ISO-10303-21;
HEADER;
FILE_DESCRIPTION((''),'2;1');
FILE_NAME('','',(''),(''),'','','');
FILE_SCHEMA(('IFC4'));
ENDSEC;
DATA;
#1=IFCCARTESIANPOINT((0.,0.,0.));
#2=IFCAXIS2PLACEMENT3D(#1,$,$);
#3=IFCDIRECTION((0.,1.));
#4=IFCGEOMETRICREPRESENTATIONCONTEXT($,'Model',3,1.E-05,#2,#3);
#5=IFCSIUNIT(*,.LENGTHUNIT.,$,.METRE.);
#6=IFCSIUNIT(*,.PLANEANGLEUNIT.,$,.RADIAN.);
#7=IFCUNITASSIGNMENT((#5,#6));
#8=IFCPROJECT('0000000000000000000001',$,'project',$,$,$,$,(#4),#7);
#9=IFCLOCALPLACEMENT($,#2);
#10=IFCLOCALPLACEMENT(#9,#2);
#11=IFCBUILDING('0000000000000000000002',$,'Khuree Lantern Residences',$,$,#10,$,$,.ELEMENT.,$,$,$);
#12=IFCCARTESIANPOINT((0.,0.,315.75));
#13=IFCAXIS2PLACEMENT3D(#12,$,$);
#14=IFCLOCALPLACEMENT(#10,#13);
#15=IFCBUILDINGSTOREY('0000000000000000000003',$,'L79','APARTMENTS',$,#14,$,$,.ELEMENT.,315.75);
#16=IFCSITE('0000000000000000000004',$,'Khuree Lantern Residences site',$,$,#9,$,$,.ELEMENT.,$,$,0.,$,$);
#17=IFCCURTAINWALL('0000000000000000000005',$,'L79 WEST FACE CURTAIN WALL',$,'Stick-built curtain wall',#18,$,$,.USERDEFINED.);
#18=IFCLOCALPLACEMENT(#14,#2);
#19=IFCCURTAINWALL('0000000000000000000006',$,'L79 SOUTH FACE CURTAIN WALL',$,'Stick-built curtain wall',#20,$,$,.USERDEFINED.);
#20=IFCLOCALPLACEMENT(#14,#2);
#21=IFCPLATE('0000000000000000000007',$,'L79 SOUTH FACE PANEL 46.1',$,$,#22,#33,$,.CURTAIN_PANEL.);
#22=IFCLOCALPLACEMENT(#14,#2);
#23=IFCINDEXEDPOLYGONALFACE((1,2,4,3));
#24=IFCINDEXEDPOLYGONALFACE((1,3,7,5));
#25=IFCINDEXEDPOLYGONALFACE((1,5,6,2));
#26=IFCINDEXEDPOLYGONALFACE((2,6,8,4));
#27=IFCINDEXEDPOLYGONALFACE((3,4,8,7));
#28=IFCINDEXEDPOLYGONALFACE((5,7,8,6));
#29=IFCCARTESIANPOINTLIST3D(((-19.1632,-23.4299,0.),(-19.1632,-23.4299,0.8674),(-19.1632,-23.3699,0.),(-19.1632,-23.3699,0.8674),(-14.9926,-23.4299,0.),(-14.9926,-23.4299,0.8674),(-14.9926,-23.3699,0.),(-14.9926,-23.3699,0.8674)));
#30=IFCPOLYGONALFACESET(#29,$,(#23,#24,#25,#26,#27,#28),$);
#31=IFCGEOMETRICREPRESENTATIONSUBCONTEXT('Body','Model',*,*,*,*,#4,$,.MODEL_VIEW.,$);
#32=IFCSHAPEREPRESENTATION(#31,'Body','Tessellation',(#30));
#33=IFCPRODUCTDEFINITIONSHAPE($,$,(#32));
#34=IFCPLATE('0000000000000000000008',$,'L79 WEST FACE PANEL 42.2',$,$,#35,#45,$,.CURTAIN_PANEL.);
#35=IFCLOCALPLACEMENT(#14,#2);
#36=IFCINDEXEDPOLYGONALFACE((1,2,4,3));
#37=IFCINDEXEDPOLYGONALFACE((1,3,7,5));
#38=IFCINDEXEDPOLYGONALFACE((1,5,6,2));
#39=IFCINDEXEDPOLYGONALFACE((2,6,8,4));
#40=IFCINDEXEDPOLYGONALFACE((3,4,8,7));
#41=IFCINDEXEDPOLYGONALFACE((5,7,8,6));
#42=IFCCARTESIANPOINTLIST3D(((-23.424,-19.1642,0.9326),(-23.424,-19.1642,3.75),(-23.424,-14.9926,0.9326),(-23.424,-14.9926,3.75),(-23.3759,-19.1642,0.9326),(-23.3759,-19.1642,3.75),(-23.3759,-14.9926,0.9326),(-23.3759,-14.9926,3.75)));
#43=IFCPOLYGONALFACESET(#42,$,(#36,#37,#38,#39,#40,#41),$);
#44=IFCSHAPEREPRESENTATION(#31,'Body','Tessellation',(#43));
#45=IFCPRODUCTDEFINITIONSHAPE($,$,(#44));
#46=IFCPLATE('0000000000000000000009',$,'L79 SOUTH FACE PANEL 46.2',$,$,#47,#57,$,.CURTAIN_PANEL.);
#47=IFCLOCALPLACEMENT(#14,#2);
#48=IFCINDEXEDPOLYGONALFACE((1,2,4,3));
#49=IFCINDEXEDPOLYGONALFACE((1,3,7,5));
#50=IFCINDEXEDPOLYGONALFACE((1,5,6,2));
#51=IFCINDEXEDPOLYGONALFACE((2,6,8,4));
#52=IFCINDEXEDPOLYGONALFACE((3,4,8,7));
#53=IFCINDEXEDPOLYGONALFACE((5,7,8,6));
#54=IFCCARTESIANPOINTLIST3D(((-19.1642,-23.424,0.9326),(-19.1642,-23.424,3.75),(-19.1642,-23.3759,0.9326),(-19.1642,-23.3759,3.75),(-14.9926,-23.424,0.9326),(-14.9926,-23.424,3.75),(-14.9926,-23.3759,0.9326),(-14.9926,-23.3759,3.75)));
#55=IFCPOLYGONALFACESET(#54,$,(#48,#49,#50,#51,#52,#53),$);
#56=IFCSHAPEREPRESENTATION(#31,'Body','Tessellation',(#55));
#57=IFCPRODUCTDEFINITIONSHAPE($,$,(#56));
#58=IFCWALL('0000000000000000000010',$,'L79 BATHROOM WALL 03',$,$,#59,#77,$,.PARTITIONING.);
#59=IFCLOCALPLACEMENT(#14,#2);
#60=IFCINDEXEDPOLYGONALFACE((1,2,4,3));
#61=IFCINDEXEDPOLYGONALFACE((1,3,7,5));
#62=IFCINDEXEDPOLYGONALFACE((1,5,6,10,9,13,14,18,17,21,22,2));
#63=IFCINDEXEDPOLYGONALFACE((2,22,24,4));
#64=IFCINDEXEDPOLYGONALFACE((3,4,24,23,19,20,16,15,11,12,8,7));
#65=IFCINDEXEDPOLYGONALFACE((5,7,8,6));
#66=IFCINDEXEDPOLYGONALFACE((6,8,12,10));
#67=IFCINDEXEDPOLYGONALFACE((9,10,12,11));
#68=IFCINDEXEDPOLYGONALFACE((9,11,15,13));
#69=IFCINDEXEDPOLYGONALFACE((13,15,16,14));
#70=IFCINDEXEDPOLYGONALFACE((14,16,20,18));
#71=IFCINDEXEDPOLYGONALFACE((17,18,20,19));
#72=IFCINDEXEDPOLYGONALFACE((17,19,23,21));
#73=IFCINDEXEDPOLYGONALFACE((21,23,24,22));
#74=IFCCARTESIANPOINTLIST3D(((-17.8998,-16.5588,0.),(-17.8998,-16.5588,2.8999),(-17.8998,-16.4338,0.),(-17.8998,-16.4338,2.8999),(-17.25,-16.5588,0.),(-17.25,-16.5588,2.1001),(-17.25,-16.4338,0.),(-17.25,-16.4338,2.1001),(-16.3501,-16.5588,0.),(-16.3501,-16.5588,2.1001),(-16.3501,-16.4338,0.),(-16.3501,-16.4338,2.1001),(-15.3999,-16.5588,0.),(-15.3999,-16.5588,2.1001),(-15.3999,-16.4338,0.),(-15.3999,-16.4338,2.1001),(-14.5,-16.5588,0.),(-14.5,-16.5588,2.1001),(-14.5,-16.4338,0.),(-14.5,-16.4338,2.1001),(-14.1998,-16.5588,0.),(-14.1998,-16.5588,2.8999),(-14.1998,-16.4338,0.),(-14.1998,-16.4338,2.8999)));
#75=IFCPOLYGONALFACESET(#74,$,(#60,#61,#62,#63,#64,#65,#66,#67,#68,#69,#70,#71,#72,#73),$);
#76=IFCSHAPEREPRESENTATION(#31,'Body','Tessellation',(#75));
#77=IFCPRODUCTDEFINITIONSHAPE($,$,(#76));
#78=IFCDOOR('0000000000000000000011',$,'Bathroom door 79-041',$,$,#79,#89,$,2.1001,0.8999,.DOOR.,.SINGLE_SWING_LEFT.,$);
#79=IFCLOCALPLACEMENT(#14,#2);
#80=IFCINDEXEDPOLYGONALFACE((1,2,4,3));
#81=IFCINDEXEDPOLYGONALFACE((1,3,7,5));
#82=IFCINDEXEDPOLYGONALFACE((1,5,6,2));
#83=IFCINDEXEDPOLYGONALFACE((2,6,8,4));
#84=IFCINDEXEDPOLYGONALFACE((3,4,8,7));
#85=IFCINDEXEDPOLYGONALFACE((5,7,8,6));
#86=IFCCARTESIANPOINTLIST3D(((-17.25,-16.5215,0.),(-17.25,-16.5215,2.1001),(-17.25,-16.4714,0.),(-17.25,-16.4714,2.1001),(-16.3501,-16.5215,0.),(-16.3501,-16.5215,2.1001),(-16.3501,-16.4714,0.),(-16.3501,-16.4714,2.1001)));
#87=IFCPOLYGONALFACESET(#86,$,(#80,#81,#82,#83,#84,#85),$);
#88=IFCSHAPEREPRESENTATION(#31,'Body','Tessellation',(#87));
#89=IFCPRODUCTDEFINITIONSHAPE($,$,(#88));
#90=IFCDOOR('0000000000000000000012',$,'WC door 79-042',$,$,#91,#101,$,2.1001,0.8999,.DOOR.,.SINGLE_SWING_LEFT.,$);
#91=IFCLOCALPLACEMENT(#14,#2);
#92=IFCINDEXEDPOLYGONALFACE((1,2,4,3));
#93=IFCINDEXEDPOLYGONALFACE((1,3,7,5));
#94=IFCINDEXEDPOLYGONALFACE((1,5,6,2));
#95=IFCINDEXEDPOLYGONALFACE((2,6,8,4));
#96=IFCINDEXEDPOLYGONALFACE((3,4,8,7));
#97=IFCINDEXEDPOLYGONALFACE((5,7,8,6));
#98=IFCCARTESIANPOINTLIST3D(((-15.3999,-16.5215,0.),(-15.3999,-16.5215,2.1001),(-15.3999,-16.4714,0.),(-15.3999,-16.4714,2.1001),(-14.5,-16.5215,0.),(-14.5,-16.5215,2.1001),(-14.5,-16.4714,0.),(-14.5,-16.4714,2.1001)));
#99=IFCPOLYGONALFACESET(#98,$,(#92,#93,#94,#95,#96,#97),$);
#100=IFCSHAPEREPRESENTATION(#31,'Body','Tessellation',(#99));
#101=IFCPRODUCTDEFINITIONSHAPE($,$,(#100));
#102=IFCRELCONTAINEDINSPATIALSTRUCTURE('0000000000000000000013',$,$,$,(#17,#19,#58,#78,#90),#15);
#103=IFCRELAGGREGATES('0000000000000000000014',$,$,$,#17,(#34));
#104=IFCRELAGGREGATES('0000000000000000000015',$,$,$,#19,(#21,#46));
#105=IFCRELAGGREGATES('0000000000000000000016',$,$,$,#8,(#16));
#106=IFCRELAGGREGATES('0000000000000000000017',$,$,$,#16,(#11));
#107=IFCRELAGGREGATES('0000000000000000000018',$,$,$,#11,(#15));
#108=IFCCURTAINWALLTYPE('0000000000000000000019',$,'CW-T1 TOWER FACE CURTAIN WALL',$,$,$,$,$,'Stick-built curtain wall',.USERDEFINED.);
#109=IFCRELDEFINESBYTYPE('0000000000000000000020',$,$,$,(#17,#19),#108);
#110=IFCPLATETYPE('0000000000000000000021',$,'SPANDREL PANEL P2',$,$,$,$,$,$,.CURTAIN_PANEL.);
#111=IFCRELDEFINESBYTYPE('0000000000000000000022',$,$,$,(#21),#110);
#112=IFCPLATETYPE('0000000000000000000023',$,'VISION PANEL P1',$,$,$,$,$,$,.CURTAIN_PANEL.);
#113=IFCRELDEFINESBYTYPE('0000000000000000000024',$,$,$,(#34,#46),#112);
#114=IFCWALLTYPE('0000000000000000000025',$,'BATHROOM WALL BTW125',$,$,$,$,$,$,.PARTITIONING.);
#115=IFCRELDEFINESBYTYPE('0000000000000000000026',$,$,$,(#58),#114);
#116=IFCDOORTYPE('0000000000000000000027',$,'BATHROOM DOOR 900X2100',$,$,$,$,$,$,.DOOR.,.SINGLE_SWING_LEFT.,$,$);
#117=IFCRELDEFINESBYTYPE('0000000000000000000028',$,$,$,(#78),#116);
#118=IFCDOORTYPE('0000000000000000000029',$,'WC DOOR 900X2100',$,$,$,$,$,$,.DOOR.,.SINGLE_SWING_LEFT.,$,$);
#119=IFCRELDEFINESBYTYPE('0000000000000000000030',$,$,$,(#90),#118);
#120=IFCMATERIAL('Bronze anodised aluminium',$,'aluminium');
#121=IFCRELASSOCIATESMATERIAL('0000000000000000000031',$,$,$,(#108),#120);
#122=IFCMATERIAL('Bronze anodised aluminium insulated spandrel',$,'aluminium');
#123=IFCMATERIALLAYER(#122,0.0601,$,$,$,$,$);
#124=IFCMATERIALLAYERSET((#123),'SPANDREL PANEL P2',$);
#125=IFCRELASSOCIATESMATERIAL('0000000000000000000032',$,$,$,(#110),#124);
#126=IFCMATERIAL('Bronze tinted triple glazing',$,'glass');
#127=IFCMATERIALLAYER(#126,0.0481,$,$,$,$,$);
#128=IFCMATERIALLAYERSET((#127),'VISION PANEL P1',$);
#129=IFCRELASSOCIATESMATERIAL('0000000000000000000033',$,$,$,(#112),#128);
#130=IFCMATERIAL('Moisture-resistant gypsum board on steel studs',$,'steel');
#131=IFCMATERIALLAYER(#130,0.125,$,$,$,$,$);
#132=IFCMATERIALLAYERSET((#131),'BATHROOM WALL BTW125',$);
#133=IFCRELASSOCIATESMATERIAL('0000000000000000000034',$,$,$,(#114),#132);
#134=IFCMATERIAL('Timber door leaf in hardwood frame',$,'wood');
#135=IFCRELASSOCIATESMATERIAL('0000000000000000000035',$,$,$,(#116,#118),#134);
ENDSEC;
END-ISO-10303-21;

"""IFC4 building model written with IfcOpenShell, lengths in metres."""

from ifc_helpers import new_model, si_unit, direction, frame, frame_2d, origin, origin_2d, place, context, subcontext, project, spatial, rectangle, extrude, material, layer, layer_set, type_object, element, fill, aggregate, save


model = new_model("IFC4")

# Units and contexts
model_context = context("Model", 3, precision=1e-05, world=origin(), true_north=direction((0.0, 1.0)))
body_context = subcontext(model_context, "Body", "Model", "MODEL_VIEW")
ifc_project = project(units=[si_unit("LENGTHUNIT", "METRE"), si_unit("PLANEANGLEUNIT", "RADIAN")], contexts=[model_context])

# Site, building, storey
site_placement = place(None, origin())
site = spatial("IfcSite", under=ifc_project, at=site_placement, Name="Khuree Lantern Residences site", CompositionType="ELEMENT", RefElevation=0.0)
building_placement = place(site_placement, origin())
building = spatial("IfcBuilding", under=site, at=building_placement, Name="Khuree Lantern Residences", CompositionType="ELEMENT")
storey_placement = place(building_placement, frame((0.0, 0.0, 315.75)))
storey = spatial("IfcBuildingStorey", under=building, at=storey_placement, Name="L79", Description="APARTMENTS", CompositionType="ELEMENT", Elevation=315.75)

# Curtain wall
ifc_material_1 = material(Name="Bronze anodised aluminium", Category="aluminium")
curtain_wall_type_1 = type_object("IfcCurtainWallType", Name="CW-T1 TOWER FACE CURTAIN WALL", ElementType="Stick-built curtain wall", PredefinedType="USERDEFINED", material=ifc_material_1)
curtain_wall_1_placement = place(storey_placement, origin())
curtain_wall_1 = element("IfcCurtainWall", 1, at=curtain_wall_1_placement, inside=storey, type_object=curtain_wall_type_1, Name="L79 WEST FACE CURTAIN WALL", ObjectType="Stick-built curtain wall", PredefinedType="USERDEFINED")

# Curtain wall
curtain_wall_2_placement = place(storey_placement, origin())
curtain_wall_2 = element("IfcCurtainWall", 2, at=curtain_wall_2_placement, inside=storey, type_object=curtain_wall_type_1, Name="L79 SOUTH FACE CURTAIN WALL", ObjectType="Stick-built curtain wall", PredefinedType="USERDEFINED")

# Plates
ifc_material_2 = material(Name="Bronze tinted triple glazing", Category="glass")
ifc_material_3 = material(Name="Bronze anodised aluminium insulated spandrel", Category="aluminium")
ifc_layer_1 = layer(ifc_material_3, 0.0601)
ifc_layer_set_1 = layer_set([ifc_layer_1], Name="SPANDREL PANEL P2")
plate_type_1 = type_object("IfcPlateType", Name="SPANDREL PANEL P2", PredefinedType="CURTAIN_PANEL", material=ifc_layer_set_1)
plate_1_placement = place(storey_placement, frame((-17.0779, -23.3999, 0.0), z_axis=(0.0, 0.0, 1.0), x_axis=(1.0, 0.0, 0.0)))
plate_1 = element("IfcPlate", 3, at=plate_1_placement, type_object=plate_type_1, Name="L79 SOUTH FACE PANEL 46.1", PredefinedType="CURTAIN_PANEL", context=body_context, shape_type="SweptSolid", body=[
    extrude(rectangle(XDim=4.1707, YDim=0.0601, at=origin_2d()), origin(), (0.0, 0.0, 1.0), 0.8674),
])
ifc_layer_2 = layer(ifc_material_2, 0.0481)
ifc_layer_set_2 = layer_set([ifc_layer_2], Name="VISION PANEL P1")
plate_type_2 = type_object("IfcPlateType", Name="VISION PANEL P1", PredefinedType="CURTAIN_PANEL", material=ifc_layer_set_2)
plate_2_placement = place(storey_placement, frame((-23.3999, -17.0784, 0.9326), z_axis=(0.0, 0.0, 1.0), x_axis=(0.0, -1.0, 0.0)))
plate_2 = element("IfcPlate", 4, at=plate_2_placement, type_object=plate_type_2, Name="L79 WEST FACE PANEL 42.2", PredefinedType="CURTAIN_PANEL", context=body_context, shape_type="SweptSolid", body=[
    extrude(rectangle(XDim=4.1716, YDim=0.0481, at=origin_2d()), origin(), (0.0, 0.0, 1.0), 2.8174),
])
aggregate(curtain_wall_1, [plate_2])
plate_3_placement = place(storey_placement, frame((-17.0784, -23.3999, 0.9326), z_axis=(0.0, 0.0, 1.0), x_axis=(1.0, 0.0, 0.0)))
plate_3 = element("IfcPlate", 5, at=plate_3_placement, type_object=plate_type_2, Name="L79 SOUTH FACE PANEL 46.2", PredefinedType="CURTAIN_PANEL", context=body_context, shape_type="SweptSolid", body=[
    extrude(rectangle(XDim=4.1716, YDim=0.0481, at=origin_2d()), origin(), (0.0, 0.0, 1.0), 2.8174),
])
aggregate(curtain_wall_2, [plate_1, plate_3])

# Wall, openings, doors
ifc_material_4 = material(Name="Moisture-resistant gypsum board on steel studs", Category="steel")
ifc_layer_3 = layer(ifc_material_4, 0.125)
ifc_layer_set_3 = layer_set([ifc_layer_3], Name="BATHROOM WALL BTW125")
wall_type = type_object("IfcWallType", Name="BATHROOM WALL BTW125", PredefinedType="PARTITIONING", material=ifc_layer_set_3)
wall_placement = place(storey_placement, frame((-17.8999, -16.4963, 0.0), z_axis=(0.0, 0.0, 1.0), x_axis=(1.0, 0.0, 0.0)))
wall = element("IfcWall", 6, at=wall_placement, inside=storey, type_object=wall_type, Name="L79 BATHROOM WALL 03", PredefinedType="PARTITIONING", context=body_context, shape_type="SweptSolid", body=[
    extrude(rectangle(XDim=3.7, YDim=0.125, at=frame_2d((1.8501, 0.0))), origin(), (0.0, 0.0, 1.0), 2.8999),
])
opening_1_placement = place(wall_placement, frame((0.6499, 0.0, 0.0)))
opening_1 = element("IfcOpeningElement", 7, at=opening_1_placement, cuts=wall, PredefinedType="OPENING", context=body_context, shape_type="SweptSolid", body=[
    extrude(rectangle(XDim=0.8999, YDim=2.1001, at=frame_2d((0.45, 1.05))), frame((0.0, 0.0725, 0.0), z_axis=(0.0, -1.0, 0.0), x_axis=(1.0, 0.0, 0.0)), (0.0, 0.0, 1.0), 0.145),
])
opening_2_placement = place(wall_placement, frame((2.5, 0.0, 0.0)))
opening_2 = element("IfcOpeningElement", 8, at=opening_2_placement, cuts=wall, PredefinedType="OPENING", context=body_context, shape_type="SweptSolid", body=[
    extrude(rectangle(XDim=0.8999, YDim=2.1001, at=frame_2d((0.45, 1.05))), frame((0.0, 0.0725, 0.0), z_axis=(0.0, -1.0, 0.0), x_axis=(1.0, 0.0, 0.0)), (0.0, 0.0, 1.0), 0.145),
])
ifc_material_5 = material(Name="Timber door leaf in hardwood frame", Category="wood")
door_type_1 = type_object("IfcDoorType", Name="BATHROOM DOOR 900X2100", OperationType="SINGLE_SWING_LEFT", PredefinedType="DOOR", material=ifc_material_5)
door_1_placement = place(opening_1_placement, origin())
door_1 = element("IfcDoor", 9, at=door_1_placement, inside=storey, type_object=door_type_1, Name="Bathroom door 79-041", OperationType="SINGLE_SWING_LEFT", OverallHeight=2.1001, OverallWidth=0.8999, PredefinedType="DOOR", context=body_context, shape_type="SweptSolid", body=[
    extrude(rectangle(XDim=0.8999, YDim=2.1001, at=frame_2d((0.45, 1.05))), frame((0.0, 0.0249, 0.0), z_axis=(0.0, -1.0, 0.0), x_axis=(1.0, 0.0, 0.0)), (0.0, 0.0, 1.0), 0.05),
])
fill(opening_1, door_1)
door_type_2 = type_object("IfcDoorType", Name="WC DOOR 900X2100", OperationType="SINGLE_SWING_LEFT", PredefinedType="DOOR", material=ifc_material_5)
door_2_placement = place(opening_2_placement, origin())
door_2 = element("IfcDoor", 10, at=door_2_placement, inside=storey, type_object=door_type_2, Name="WC door 79-042", OperationType="SINGLE_SWING_LEFT", OverallHeight=2.1001, OverallWidth=0.8999, PredefinedType="DOOR", context=body_context, shape_type="SweptSolid", body=[
    extrude(rectangle(XDim=0.8999, YDim=2.1001, at=frame_2d((0.45, 1.05))), frame((0.0, 0.0249, 0.0), z_axis=(0.0, -1.0, 0.0), x_axis=(1.0, 0.0, 0.0)), (0.0, 0.0, 1.0), 0.05),
])
fill(opening_2, door_2)

save(model, "model.ifc")
